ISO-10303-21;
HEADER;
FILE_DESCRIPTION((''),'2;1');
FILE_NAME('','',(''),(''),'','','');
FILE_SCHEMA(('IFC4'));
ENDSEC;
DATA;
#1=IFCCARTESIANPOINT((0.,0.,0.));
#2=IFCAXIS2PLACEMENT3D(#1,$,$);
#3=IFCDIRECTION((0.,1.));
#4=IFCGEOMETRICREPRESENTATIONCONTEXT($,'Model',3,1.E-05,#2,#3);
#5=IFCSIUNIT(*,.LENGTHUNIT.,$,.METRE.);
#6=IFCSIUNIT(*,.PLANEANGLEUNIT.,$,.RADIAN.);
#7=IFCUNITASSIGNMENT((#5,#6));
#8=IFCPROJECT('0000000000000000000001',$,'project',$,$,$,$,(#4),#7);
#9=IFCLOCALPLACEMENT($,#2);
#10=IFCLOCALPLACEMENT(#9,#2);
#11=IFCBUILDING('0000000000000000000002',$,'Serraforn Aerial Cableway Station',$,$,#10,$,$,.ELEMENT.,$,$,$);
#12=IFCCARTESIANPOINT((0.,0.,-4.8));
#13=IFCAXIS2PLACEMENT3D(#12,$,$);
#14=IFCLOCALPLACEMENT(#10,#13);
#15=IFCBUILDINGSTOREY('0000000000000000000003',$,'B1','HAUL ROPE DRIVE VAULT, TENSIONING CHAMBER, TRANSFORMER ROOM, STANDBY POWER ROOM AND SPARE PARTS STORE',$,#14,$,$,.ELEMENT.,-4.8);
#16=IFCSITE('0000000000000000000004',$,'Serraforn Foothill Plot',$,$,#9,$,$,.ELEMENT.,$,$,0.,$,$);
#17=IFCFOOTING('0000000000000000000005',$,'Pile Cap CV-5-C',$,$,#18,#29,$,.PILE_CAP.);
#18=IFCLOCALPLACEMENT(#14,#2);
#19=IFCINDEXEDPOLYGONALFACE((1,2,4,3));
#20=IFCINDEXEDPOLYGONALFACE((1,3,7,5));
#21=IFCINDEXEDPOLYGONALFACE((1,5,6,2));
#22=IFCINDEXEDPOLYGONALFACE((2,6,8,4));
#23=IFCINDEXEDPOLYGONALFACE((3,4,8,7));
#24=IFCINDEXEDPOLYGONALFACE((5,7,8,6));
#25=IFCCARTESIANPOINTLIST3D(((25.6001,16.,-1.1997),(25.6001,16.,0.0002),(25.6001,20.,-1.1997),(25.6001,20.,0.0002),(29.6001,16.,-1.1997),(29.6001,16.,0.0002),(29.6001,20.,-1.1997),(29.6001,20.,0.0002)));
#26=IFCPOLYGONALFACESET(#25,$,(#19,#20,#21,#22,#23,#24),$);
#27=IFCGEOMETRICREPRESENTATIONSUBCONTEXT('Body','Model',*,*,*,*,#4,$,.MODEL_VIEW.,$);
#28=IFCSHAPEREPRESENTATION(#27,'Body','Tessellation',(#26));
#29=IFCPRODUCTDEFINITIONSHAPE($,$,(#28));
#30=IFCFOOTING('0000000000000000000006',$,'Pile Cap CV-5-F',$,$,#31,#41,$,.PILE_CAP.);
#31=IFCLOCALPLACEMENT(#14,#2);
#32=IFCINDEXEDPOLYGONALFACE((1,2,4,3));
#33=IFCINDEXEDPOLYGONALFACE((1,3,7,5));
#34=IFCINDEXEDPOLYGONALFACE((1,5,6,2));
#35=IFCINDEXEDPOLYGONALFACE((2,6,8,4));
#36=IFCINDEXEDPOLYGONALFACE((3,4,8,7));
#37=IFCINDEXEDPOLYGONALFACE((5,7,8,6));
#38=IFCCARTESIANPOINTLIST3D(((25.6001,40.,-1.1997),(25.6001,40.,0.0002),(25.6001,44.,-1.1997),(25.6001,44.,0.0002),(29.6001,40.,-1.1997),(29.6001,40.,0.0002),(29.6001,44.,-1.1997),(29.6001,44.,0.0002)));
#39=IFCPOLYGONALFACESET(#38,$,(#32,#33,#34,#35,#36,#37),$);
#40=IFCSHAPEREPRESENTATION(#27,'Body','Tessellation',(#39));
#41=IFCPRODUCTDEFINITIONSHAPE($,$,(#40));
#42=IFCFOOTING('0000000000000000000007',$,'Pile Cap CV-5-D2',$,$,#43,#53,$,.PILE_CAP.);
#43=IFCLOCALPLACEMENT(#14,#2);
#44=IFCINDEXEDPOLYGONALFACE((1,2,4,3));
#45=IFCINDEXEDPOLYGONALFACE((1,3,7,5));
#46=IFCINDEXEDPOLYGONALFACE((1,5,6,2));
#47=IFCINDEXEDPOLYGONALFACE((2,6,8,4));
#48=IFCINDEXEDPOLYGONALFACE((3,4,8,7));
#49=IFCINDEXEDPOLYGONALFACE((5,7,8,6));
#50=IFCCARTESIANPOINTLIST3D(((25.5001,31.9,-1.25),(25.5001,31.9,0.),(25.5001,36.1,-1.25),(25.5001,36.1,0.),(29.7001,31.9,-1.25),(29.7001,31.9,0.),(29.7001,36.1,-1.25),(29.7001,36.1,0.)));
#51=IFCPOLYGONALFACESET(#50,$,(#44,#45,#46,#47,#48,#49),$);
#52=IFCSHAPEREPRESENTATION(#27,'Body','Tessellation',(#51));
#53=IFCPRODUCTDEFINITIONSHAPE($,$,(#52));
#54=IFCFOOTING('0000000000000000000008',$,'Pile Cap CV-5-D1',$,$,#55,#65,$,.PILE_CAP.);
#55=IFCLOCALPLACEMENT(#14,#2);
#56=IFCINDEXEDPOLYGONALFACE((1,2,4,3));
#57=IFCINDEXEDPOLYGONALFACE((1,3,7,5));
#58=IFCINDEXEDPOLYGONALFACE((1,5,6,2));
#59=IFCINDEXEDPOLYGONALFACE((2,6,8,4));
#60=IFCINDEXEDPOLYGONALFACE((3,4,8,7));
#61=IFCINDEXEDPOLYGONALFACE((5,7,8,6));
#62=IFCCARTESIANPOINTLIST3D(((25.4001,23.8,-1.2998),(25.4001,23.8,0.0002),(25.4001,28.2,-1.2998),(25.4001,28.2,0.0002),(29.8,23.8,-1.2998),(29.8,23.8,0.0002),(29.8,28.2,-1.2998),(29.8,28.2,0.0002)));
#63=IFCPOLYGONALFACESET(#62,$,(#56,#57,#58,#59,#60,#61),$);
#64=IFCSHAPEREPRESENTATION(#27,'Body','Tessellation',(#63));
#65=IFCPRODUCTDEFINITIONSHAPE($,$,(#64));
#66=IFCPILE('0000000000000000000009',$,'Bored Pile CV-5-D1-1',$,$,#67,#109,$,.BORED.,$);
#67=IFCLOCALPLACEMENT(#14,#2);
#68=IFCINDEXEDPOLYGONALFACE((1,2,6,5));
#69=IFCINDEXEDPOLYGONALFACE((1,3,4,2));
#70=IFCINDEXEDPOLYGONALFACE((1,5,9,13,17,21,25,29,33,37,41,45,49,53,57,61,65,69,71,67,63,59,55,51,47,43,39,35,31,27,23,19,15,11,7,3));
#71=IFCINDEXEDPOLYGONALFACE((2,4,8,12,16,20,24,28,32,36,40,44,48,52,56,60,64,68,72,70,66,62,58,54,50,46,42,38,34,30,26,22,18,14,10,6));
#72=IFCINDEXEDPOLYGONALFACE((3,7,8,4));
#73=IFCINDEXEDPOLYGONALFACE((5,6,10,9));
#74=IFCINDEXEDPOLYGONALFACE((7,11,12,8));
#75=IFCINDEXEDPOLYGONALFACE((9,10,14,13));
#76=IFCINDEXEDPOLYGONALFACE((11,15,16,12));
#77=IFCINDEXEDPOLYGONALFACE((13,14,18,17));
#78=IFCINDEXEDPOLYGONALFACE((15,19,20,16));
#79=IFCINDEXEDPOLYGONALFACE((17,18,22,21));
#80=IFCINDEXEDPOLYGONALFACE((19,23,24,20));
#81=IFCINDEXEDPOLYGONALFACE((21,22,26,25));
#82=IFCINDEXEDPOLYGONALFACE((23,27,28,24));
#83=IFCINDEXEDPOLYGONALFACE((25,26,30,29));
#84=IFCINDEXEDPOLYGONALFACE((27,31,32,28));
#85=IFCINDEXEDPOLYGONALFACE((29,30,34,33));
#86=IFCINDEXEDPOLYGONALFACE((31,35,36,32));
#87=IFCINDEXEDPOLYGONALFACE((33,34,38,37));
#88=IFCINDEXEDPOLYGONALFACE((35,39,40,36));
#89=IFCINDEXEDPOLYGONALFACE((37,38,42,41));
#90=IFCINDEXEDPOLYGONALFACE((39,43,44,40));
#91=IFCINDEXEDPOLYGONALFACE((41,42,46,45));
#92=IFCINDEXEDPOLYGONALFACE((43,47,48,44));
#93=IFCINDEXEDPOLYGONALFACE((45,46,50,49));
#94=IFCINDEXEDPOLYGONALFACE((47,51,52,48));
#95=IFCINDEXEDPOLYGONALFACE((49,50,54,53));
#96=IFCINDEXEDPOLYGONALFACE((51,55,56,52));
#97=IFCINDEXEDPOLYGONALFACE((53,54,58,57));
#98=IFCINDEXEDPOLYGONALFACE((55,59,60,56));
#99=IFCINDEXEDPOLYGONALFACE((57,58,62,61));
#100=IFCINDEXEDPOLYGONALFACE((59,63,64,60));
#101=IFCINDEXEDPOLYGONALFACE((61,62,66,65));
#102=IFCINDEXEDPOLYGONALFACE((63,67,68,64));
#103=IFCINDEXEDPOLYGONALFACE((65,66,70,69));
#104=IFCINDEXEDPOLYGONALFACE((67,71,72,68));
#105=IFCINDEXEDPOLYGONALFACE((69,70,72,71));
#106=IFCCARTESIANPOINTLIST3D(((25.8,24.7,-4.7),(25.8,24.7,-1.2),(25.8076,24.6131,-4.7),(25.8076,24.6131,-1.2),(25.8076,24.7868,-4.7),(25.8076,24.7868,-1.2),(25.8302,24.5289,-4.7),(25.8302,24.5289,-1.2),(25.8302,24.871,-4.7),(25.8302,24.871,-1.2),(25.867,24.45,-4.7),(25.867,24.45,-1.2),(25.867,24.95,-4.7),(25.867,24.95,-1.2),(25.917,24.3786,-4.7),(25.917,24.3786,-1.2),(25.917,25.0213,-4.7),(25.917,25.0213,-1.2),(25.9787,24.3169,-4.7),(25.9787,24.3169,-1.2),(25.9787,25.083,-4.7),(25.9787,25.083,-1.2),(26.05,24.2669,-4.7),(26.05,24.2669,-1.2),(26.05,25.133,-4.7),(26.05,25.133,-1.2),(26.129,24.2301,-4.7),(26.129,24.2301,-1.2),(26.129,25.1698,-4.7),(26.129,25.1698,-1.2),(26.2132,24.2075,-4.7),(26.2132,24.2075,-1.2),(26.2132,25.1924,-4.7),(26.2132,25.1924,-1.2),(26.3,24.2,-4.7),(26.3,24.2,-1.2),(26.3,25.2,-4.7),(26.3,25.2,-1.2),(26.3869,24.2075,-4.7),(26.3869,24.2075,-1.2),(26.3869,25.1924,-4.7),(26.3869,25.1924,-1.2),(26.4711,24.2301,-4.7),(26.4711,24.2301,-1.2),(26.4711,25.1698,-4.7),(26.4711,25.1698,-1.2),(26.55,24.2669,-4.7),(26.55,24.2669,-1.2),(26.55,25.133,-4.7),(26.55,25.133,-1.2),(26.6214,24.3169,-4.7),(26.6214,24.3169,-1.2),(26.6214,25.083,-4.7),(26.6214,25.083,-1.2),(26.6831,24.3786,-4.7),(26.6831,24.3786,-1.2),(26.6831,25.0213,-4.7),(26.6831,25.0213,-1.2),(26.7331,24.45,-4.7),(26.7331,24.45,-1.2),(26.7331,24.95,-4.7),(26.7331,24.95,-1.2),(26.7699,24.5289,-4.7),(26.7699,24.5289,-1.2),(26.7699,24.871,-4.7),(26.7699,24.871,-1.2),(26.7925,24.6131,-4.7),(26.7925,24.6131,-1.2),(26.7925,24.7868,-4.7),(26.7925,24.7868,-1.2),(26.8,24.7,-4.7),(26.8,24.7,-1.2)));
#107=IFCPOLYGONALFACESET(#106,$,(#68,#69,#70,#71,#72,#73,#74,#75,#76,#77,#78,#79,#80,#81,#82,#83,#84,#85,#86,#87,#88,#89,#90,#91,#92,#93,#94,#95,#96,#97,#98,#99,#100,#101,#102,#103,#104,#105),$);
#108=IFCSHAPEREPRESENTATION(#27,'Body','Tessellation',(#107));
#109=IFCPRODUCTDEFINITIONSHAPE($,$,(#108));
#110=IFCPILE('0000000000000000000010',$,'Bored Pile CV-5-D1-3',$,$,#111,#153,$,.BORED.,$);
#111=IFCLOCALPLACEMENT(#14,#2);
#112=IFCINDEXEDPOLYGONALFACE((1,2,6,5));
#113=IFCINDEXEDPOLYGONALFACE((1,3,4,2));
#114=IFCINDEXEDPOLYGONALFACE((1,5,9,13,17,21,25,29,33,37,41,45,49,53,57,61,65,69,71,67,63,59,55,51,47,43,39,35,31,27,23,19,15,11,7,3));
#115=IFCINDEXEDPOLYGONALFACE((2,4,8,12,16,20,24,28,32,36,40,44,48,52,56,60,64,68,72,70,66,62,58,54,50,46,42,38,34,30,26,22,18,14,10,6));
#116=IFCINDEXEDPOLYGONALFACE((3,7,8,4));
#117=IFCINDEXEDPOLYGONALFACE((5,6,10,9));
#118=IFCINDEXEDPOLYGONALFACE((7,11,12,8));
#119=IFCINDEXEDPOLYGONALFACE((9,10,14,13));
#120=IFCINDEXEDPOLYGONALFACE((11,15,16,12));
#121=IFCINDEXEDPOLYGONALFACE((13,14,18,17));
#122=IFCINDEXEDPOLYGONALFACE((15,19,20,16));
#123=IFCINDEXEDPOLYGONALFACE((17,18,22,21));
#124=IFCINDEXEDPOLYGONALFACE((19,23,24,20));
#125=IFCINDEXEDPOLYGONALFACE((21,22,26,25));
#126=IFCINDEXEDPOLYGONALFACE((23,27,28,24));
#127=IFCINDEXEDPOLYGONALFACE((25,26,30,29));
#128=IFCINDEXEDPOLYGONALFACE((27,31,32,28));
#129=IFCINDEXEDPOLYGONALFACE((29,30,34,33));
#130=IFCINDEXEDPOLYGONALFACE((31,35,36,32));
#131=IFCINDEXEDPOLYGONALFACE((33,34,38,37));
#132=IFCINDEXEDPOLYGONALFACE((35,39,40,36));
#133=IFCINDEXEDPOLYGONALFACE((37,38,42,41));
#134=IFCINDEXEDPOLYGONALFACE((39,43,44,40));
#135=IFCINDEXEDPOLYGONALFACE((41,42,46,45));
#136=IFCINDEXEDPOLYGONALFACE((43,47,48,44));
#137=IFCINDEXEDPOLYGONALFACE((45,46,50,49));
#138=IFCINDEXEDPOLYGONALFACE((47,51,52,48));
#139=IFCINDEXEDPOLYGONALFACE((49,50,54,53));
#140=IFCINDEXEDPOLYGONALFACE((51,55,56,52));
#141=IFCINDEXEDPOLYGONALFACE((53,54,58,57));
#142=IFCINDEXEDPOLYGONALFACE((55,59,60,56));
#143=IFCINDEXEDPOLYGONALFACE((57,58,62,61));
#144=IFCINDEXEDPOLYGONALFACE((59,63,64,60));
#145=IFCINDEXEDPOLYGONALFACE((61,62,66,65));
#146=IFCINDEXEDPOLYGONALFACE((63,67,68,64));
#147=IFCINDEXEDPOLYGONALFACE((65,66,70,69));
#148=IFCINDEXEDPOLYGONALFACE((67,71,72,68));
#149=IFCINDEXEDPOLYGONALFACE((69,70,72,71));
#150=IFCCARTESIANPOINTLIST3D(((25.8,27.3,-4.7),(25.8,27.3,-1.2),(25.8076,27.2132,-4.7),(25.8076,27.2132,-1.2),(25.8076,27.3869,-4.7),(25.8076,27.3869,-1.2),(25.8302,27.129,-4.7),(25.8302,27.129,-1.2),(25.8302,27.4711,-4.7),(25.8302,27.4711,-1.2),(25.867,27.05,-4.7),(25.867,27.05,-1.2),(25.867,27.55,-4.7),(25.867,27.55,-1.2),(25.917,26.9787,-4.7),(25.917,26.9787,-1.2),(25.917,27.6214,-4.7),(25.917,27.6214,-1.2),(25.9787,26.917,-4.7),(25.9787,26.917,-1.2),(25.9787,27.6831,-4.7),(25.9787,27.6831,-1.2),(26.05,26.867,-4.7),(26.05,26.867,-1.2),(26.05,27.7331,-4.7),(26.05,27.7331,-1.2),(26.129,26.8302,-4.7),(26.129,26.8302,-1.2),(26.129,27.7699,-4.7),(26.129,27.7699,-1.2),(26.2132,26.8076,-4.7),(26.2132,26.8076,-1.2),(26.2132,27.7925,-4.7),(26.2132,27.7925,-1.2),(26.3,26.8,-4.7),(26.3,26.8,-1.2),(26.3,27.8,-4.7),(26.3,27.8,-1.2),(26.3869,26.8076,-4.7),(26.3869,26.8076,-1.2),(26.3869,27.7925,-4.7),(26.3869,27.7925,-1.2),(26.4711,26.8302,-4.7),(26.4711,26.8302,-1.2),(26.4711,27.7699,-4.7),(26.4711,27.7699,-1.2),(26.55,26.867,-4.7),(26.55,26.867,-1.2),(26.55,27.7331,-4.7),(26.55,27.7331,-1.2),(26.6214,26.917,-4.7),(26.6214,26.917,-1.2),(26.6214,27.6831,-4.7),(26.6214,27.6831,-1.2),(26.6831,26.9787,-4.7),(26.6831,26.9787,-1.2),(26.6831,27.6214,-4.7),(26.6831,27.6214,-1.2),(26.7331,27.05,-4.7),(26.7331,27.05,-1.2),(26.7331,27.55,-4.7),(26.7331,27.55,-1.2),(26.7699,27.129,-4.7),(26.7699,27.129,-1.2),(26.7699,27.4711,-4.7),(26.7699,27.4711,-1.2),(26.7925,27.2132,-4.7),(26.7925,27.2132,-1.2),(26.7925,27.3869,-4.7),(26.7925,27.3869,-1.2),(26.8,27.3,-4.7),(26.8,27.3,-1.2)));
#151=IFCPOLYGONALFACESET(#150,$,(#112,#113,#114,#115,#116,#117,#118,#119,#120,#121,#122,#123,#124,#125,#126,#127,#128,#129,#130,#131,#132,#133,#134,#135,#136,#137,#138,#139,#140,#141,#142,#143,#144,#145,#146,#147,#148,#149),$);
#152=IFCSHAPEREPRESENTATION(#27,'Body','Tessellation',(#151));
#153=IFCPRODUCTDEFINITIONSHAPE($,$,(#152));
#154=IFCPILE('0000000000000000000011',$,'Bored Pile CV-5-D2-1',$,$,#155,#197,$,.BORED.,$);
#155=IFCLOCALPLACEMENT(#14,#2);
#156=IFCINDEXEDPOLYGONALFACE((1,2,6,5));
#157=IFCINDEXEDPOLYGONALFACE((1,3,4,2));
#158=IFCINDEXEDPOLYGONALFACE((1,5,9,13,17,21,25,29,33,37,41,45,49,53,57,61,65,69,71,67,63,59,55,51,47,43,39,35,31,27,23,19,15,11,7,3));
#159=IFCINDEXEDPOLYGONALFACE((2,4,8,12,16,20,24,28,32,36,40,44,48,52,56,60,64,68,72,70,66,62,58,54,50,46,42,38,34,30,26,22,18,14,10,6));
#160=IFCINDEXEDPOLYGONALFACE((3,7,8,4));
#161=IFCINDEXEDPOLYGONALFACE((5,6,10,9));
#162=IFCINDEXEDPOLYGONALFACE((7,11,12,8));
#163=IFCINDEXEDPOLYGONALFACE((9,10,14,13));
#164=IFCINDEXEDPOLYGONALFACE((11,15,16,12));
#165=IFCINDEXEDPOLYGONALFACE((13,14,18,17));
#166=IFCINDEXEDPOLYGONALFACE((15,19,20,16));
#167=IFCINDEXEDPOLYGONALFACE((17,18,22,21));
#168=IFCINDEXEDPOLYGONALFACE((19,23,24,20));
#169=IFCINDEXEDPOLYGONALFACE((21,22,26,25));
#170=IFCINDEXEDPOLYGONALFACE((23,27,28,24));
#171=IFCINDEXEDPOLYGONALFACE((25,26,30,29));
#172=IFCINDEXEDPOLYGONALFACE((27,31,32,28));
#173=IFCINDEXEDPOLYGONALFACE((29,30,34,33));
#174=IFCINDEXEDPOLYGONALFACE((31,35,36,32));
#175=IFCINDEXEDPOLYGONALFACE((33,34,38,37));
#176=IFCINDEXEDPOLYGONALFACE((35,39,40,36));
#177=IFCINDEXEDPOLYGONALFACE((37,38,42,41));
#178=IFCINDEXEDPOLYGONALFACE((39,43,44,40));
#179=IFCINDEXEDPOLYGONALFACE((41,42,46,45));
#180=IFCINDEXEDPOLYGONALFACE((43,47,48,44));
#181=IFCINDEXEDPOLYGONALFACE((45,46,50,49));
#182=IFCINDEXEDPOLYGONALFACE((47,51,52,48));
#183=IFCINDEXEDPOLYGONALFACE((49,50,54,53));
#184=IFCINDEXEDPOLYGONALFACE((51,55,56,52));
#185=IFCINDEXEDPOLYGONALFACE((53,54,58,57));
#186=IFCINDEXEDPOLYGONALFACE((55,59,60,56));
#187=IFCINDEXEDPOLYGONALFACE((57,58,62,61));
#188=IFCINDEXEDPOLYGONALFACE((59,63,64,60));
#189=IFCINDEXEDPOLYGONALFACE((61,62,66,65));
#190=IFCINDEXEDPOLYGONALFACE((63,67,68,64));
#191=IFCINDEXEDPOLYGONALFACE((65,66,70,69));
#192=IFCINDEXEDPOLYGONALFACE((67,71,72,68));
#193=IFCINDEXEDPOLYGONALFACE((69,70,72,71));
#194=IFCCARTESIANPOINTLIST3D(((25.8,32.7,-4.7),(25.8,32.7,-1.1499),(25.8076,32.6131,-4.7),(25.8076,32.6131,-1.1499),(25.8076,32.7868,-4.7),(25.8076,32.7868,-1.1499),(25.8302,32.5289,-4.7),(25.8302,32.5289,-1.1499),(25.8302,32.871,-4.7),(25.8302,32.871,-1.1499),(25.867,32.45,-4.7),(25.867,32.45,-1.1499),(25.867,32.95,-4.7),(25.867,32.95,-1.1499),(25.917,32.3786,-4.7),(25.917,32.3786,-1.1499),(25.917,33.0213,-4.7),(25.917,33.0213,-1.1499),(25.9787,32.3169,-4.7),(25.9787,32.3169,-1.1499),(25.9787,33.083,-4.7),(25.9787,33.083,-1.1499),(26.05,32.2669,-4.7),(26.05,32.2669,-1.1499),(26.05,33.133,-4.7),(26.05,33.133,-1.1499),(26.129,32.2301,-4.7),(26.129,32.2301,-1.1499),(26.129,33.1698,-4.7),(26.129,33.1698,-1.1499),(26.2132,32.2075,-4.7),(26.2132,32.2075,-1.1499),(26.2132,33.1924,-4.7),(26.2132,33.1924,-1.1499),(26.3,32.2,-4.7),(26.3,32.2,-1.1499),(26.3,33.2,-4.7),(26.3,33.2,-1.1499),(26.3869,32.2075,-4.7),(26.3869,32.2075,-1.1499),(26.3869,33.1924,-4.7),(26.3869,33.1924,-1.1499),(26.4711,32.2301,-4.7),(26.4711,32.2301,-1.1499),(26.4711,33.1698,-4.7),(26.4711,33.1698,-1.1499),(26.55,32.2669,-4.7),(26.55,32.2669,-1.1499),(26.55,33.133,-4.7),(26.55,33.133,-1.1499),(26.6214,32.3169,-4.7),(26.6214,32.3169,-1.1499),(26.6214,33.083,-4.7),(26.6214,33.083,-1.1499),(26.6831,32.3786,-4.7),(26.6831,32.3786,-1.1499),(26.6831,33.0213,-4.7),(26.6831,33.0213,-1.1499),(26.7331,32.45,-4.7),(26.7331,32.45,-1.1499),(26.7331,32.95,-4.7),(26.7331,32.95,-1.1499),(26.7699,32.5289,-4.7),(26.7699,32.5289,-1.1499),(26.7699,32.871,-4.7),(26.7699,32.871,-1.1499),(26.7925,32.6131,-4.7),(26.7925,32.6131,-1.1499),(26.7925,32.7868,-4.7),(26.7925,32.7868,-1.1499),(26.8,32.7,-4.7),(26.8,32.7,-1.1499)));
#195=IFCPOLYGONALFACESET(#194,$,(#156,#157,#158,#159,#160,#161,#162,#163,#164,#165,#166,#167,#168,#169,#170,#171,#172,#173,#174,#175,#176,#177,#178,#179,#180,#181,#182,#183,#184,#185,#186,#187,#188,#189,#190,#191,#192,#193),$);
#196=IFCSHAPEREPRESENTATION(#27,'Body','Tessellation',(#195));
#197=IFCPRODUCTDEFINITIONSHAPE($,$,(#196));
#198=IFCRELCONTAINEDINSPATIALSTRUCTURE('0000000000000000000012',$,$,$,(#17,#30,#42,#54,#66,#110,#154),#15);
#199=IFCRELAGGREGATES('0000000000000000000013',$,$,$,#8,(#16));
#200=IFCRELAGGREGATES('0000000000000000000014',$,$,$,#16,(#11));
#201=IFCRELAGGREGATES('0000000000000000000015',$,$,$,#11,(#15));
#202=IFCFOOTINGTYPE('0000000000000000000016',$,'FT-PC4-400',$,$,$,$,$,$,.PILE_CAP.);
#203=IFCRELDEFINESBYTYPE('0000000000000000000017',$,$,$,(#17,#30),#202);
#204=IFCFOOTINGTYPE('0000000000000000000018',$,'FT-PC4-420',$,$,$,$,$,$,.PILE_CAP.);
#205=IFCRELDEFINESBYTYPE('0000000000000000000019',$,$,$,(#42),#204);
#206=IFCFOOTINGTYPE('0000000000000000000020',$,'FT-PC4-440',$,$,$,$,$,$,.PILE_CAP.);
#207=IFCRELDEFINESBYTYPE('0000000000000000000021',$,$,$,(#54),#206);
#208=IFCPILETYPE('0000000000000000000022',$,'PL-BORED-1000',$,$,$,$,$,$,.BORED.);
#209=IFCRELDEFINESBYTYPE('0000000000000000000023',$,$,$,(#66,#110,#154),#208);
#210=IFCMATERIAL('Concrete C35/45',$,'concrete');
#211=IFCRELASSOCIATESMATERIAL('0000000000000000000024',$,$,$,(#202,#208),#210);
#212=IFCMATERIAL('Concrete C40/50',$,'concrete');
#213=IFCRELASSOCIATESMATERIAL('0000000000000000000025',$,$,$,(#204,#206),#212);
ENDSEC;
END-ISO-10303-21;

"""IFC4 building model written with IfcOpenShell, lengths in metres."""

from ifc_helpers import new_model, si_unit, direction, frame, origin, origin_2d, place, context, subcontext, project, spatial, rectangle, circle, extrude, material, material_profile, profile_set, type_object, element, save


model = new_model("IFC4")

# Units and contexts
model_context = context("Model", 3, precision=1e-05, world=origin(), true_north=direction((0.0, 1.0)))
body_context = subcontext(model_context, "Body", "Model", "MODEL_VIEW")
ifc_project = project(units=[si_unit("LENGTHUNIT", "METRE"), si_unit("PLANEANGLEUNIT", "RADIAN")], contexts=[model_context])

# Site, building, storey
site_placement = place(None, origin())
site = spatial("IfcSite", under=ifc_project, at=site_placement, Name="Serraforn Foothill Plot", CompositionType="ELEMENT", RefElevation=0.0)
building_placement = place(site_placement, origin())
building = spatial("IfcBuilding", under=site, at=building_placement, Name="Serraforn Aerial Cableway Station", CompositionType="ELEMENT")
storey_placement = place(building_placement, frame((0.0, 0.0, -4.8)))
storey = spatial("IfcBuildingStorey", under=building, at=storey_placement, Name="B1", Description="HAUL ROPE DRIVE VAULT, TENSIONING CHAMBER, TRANSFORMER ROOM, STANDBY POWER ROOM AND SPARE PARTS STORE", CompositionType="ELEMENT", Elevation=-4.8)

# Footings
ifc_material_1 = material(Name="Concrete C35/45", Category="concrete")
footing_type_1 = type_object("IfcFootingType", Name="FT-PC4-400", PredefinedType="PILE_CAP", material=ifc_material_1)
for number, where, z_axis, x_axis, name in (
    (1, (27.6001, 18.0, -1.1997), (0.0, 0.0, 1.0), (1.0, 0.0, 0.0), "Pile Cap CV-5-C"),
    (2, (27.6001, 42.0, -1.1997), (0.0, 0.0, 1.0), (1.0, 0.0, 0.0), "Pile Cap CV-5-F"),
):
    element("IfcFooting", number, at=place(storey_placement, frame(where, z_axis=z_axis, x_axis=x_axis)), inside=storey, type_object=footing_type_1, Name=name, PredefinedType="PILE_CAP", context=body_context, shape_type="SweptSolid", body=[
        extrude(rectangle(XDim=4.0, YDim=4.0, at=origin_2d()), origin(), (0.0, 0.0, 1.0), 1.2),
    ])
ifc_material_2 = material(Name="Concrete C40/50", Category="concrete")
footing_type_2 = type_object("IfcFootingType", Name="FT-PC4-420", PredefinedType="PILE_CAP", material=ifc_material_2)
footing_1_placement = place(storey_placement, frame((27.6001, 34.0, -1.25), z_axis=(0.0, 0.0, 1.0), x_axis=(1.0, 0.0, 0.0)))
element("IfcFooting", 3, at=footing_1_placement, inside=storey, type_object=footing_type_2, Name="Pile Cap CV-5-D2", PredefinedType="PILE_CAP", context=body_context, shape_type="SweptSolid", body=[
    extrude(rectangle(XDim=4.2, YDim=4.2, at=origin_2d()), origin(), (0.0, 0.0, 1.0), 1.25),
])
footing_type_3 = type_object("IfcFootingType", Name="FT-PC4-440", PredefinedType="PILE_CAP", material=ifc_material_2)
footing_2_placement = place(storey_placement, frame((27.6001, 26.0, -1.2998), z_axis=(0.0, 0.0, 1.0), x_axis=(1.0, 0.0, 0.0)))
element("IfcFooting", 4, at=footing_2_placement, inside=storey, type_object=footing_type_3, Name="Pile Cap CV-5-D1", PredefinedType="PILE_CAP", context=body_context, shape_type="SweptSolid", body=[
    extrude(rectangle(XDim=4.3999, YDim=4.3999, at=origin_2d()), origin(), (0.0, 0.0, 1.0), 1.3),
])

# Piles
ifc_material_profile_1 = material_profile(ifc_material_1, circle(Radius=0.5, at=origin_2d()), Name="BORED PILE D1000")
ifc_profile_set_1 = profile_set([ifc_material_profile_1], Name="Concrete C35/45")
pile_type_1 = type_object("IfcPileType", Name="PL-BORED-1000", PredefinedType="BORED", material=ifc_profile_set_1)
for number, where, z_axis, x_axis, name in (
    (5, (26.3, 24.7, -1.2), (0.0, 0.0, -1.0), (1.0, 0.0, 0.0), "Bored Pile CV-5-D1-1"),
    (6, (26.3, 27.3, -1.2), (0.0, 0.0, -1.0), (1.0, 0.0, 0.0), "Bored Pile CV-5-D1-3"),
):
    element("IfcPile", number, at=place(storey_placement, frame(where, z_axis=z_axis, x_axis=x_axis)), inside=storey, type_object=pile_type_1, Name=name, PredefinedType="BORED", context=body_context, shape_type="SweptSolid", body=[
        extrude(circle(Radius=0.5, at=origin_2d()), origin(), (0.0, 0.0, 1.0), 3.5),
    ])
for number, where, z_axis, x_axis, name in (
    (7, (26.3, 32.7, -1.1499), (0.0, 0.0, -1.0), (1.0, 0.0, 0.0), "Bored Pile CV-5-D2-1"),
):
    element("IfcPile", number, at=place(storey_placement, frame(where, z_axis=z_axis, x_axis=x_axis)), inside=storey, type_object=pile_type_1, Name=name, PredefinedType="BORED", context=body_context, shape_type="SweptSolid", body=[
        extrude(circle(Radius=0.5, at=origin_2d()), origin(), (0.0, 0.0, 1.0), 3.55),
    ])

save(model, "model.ifc")
